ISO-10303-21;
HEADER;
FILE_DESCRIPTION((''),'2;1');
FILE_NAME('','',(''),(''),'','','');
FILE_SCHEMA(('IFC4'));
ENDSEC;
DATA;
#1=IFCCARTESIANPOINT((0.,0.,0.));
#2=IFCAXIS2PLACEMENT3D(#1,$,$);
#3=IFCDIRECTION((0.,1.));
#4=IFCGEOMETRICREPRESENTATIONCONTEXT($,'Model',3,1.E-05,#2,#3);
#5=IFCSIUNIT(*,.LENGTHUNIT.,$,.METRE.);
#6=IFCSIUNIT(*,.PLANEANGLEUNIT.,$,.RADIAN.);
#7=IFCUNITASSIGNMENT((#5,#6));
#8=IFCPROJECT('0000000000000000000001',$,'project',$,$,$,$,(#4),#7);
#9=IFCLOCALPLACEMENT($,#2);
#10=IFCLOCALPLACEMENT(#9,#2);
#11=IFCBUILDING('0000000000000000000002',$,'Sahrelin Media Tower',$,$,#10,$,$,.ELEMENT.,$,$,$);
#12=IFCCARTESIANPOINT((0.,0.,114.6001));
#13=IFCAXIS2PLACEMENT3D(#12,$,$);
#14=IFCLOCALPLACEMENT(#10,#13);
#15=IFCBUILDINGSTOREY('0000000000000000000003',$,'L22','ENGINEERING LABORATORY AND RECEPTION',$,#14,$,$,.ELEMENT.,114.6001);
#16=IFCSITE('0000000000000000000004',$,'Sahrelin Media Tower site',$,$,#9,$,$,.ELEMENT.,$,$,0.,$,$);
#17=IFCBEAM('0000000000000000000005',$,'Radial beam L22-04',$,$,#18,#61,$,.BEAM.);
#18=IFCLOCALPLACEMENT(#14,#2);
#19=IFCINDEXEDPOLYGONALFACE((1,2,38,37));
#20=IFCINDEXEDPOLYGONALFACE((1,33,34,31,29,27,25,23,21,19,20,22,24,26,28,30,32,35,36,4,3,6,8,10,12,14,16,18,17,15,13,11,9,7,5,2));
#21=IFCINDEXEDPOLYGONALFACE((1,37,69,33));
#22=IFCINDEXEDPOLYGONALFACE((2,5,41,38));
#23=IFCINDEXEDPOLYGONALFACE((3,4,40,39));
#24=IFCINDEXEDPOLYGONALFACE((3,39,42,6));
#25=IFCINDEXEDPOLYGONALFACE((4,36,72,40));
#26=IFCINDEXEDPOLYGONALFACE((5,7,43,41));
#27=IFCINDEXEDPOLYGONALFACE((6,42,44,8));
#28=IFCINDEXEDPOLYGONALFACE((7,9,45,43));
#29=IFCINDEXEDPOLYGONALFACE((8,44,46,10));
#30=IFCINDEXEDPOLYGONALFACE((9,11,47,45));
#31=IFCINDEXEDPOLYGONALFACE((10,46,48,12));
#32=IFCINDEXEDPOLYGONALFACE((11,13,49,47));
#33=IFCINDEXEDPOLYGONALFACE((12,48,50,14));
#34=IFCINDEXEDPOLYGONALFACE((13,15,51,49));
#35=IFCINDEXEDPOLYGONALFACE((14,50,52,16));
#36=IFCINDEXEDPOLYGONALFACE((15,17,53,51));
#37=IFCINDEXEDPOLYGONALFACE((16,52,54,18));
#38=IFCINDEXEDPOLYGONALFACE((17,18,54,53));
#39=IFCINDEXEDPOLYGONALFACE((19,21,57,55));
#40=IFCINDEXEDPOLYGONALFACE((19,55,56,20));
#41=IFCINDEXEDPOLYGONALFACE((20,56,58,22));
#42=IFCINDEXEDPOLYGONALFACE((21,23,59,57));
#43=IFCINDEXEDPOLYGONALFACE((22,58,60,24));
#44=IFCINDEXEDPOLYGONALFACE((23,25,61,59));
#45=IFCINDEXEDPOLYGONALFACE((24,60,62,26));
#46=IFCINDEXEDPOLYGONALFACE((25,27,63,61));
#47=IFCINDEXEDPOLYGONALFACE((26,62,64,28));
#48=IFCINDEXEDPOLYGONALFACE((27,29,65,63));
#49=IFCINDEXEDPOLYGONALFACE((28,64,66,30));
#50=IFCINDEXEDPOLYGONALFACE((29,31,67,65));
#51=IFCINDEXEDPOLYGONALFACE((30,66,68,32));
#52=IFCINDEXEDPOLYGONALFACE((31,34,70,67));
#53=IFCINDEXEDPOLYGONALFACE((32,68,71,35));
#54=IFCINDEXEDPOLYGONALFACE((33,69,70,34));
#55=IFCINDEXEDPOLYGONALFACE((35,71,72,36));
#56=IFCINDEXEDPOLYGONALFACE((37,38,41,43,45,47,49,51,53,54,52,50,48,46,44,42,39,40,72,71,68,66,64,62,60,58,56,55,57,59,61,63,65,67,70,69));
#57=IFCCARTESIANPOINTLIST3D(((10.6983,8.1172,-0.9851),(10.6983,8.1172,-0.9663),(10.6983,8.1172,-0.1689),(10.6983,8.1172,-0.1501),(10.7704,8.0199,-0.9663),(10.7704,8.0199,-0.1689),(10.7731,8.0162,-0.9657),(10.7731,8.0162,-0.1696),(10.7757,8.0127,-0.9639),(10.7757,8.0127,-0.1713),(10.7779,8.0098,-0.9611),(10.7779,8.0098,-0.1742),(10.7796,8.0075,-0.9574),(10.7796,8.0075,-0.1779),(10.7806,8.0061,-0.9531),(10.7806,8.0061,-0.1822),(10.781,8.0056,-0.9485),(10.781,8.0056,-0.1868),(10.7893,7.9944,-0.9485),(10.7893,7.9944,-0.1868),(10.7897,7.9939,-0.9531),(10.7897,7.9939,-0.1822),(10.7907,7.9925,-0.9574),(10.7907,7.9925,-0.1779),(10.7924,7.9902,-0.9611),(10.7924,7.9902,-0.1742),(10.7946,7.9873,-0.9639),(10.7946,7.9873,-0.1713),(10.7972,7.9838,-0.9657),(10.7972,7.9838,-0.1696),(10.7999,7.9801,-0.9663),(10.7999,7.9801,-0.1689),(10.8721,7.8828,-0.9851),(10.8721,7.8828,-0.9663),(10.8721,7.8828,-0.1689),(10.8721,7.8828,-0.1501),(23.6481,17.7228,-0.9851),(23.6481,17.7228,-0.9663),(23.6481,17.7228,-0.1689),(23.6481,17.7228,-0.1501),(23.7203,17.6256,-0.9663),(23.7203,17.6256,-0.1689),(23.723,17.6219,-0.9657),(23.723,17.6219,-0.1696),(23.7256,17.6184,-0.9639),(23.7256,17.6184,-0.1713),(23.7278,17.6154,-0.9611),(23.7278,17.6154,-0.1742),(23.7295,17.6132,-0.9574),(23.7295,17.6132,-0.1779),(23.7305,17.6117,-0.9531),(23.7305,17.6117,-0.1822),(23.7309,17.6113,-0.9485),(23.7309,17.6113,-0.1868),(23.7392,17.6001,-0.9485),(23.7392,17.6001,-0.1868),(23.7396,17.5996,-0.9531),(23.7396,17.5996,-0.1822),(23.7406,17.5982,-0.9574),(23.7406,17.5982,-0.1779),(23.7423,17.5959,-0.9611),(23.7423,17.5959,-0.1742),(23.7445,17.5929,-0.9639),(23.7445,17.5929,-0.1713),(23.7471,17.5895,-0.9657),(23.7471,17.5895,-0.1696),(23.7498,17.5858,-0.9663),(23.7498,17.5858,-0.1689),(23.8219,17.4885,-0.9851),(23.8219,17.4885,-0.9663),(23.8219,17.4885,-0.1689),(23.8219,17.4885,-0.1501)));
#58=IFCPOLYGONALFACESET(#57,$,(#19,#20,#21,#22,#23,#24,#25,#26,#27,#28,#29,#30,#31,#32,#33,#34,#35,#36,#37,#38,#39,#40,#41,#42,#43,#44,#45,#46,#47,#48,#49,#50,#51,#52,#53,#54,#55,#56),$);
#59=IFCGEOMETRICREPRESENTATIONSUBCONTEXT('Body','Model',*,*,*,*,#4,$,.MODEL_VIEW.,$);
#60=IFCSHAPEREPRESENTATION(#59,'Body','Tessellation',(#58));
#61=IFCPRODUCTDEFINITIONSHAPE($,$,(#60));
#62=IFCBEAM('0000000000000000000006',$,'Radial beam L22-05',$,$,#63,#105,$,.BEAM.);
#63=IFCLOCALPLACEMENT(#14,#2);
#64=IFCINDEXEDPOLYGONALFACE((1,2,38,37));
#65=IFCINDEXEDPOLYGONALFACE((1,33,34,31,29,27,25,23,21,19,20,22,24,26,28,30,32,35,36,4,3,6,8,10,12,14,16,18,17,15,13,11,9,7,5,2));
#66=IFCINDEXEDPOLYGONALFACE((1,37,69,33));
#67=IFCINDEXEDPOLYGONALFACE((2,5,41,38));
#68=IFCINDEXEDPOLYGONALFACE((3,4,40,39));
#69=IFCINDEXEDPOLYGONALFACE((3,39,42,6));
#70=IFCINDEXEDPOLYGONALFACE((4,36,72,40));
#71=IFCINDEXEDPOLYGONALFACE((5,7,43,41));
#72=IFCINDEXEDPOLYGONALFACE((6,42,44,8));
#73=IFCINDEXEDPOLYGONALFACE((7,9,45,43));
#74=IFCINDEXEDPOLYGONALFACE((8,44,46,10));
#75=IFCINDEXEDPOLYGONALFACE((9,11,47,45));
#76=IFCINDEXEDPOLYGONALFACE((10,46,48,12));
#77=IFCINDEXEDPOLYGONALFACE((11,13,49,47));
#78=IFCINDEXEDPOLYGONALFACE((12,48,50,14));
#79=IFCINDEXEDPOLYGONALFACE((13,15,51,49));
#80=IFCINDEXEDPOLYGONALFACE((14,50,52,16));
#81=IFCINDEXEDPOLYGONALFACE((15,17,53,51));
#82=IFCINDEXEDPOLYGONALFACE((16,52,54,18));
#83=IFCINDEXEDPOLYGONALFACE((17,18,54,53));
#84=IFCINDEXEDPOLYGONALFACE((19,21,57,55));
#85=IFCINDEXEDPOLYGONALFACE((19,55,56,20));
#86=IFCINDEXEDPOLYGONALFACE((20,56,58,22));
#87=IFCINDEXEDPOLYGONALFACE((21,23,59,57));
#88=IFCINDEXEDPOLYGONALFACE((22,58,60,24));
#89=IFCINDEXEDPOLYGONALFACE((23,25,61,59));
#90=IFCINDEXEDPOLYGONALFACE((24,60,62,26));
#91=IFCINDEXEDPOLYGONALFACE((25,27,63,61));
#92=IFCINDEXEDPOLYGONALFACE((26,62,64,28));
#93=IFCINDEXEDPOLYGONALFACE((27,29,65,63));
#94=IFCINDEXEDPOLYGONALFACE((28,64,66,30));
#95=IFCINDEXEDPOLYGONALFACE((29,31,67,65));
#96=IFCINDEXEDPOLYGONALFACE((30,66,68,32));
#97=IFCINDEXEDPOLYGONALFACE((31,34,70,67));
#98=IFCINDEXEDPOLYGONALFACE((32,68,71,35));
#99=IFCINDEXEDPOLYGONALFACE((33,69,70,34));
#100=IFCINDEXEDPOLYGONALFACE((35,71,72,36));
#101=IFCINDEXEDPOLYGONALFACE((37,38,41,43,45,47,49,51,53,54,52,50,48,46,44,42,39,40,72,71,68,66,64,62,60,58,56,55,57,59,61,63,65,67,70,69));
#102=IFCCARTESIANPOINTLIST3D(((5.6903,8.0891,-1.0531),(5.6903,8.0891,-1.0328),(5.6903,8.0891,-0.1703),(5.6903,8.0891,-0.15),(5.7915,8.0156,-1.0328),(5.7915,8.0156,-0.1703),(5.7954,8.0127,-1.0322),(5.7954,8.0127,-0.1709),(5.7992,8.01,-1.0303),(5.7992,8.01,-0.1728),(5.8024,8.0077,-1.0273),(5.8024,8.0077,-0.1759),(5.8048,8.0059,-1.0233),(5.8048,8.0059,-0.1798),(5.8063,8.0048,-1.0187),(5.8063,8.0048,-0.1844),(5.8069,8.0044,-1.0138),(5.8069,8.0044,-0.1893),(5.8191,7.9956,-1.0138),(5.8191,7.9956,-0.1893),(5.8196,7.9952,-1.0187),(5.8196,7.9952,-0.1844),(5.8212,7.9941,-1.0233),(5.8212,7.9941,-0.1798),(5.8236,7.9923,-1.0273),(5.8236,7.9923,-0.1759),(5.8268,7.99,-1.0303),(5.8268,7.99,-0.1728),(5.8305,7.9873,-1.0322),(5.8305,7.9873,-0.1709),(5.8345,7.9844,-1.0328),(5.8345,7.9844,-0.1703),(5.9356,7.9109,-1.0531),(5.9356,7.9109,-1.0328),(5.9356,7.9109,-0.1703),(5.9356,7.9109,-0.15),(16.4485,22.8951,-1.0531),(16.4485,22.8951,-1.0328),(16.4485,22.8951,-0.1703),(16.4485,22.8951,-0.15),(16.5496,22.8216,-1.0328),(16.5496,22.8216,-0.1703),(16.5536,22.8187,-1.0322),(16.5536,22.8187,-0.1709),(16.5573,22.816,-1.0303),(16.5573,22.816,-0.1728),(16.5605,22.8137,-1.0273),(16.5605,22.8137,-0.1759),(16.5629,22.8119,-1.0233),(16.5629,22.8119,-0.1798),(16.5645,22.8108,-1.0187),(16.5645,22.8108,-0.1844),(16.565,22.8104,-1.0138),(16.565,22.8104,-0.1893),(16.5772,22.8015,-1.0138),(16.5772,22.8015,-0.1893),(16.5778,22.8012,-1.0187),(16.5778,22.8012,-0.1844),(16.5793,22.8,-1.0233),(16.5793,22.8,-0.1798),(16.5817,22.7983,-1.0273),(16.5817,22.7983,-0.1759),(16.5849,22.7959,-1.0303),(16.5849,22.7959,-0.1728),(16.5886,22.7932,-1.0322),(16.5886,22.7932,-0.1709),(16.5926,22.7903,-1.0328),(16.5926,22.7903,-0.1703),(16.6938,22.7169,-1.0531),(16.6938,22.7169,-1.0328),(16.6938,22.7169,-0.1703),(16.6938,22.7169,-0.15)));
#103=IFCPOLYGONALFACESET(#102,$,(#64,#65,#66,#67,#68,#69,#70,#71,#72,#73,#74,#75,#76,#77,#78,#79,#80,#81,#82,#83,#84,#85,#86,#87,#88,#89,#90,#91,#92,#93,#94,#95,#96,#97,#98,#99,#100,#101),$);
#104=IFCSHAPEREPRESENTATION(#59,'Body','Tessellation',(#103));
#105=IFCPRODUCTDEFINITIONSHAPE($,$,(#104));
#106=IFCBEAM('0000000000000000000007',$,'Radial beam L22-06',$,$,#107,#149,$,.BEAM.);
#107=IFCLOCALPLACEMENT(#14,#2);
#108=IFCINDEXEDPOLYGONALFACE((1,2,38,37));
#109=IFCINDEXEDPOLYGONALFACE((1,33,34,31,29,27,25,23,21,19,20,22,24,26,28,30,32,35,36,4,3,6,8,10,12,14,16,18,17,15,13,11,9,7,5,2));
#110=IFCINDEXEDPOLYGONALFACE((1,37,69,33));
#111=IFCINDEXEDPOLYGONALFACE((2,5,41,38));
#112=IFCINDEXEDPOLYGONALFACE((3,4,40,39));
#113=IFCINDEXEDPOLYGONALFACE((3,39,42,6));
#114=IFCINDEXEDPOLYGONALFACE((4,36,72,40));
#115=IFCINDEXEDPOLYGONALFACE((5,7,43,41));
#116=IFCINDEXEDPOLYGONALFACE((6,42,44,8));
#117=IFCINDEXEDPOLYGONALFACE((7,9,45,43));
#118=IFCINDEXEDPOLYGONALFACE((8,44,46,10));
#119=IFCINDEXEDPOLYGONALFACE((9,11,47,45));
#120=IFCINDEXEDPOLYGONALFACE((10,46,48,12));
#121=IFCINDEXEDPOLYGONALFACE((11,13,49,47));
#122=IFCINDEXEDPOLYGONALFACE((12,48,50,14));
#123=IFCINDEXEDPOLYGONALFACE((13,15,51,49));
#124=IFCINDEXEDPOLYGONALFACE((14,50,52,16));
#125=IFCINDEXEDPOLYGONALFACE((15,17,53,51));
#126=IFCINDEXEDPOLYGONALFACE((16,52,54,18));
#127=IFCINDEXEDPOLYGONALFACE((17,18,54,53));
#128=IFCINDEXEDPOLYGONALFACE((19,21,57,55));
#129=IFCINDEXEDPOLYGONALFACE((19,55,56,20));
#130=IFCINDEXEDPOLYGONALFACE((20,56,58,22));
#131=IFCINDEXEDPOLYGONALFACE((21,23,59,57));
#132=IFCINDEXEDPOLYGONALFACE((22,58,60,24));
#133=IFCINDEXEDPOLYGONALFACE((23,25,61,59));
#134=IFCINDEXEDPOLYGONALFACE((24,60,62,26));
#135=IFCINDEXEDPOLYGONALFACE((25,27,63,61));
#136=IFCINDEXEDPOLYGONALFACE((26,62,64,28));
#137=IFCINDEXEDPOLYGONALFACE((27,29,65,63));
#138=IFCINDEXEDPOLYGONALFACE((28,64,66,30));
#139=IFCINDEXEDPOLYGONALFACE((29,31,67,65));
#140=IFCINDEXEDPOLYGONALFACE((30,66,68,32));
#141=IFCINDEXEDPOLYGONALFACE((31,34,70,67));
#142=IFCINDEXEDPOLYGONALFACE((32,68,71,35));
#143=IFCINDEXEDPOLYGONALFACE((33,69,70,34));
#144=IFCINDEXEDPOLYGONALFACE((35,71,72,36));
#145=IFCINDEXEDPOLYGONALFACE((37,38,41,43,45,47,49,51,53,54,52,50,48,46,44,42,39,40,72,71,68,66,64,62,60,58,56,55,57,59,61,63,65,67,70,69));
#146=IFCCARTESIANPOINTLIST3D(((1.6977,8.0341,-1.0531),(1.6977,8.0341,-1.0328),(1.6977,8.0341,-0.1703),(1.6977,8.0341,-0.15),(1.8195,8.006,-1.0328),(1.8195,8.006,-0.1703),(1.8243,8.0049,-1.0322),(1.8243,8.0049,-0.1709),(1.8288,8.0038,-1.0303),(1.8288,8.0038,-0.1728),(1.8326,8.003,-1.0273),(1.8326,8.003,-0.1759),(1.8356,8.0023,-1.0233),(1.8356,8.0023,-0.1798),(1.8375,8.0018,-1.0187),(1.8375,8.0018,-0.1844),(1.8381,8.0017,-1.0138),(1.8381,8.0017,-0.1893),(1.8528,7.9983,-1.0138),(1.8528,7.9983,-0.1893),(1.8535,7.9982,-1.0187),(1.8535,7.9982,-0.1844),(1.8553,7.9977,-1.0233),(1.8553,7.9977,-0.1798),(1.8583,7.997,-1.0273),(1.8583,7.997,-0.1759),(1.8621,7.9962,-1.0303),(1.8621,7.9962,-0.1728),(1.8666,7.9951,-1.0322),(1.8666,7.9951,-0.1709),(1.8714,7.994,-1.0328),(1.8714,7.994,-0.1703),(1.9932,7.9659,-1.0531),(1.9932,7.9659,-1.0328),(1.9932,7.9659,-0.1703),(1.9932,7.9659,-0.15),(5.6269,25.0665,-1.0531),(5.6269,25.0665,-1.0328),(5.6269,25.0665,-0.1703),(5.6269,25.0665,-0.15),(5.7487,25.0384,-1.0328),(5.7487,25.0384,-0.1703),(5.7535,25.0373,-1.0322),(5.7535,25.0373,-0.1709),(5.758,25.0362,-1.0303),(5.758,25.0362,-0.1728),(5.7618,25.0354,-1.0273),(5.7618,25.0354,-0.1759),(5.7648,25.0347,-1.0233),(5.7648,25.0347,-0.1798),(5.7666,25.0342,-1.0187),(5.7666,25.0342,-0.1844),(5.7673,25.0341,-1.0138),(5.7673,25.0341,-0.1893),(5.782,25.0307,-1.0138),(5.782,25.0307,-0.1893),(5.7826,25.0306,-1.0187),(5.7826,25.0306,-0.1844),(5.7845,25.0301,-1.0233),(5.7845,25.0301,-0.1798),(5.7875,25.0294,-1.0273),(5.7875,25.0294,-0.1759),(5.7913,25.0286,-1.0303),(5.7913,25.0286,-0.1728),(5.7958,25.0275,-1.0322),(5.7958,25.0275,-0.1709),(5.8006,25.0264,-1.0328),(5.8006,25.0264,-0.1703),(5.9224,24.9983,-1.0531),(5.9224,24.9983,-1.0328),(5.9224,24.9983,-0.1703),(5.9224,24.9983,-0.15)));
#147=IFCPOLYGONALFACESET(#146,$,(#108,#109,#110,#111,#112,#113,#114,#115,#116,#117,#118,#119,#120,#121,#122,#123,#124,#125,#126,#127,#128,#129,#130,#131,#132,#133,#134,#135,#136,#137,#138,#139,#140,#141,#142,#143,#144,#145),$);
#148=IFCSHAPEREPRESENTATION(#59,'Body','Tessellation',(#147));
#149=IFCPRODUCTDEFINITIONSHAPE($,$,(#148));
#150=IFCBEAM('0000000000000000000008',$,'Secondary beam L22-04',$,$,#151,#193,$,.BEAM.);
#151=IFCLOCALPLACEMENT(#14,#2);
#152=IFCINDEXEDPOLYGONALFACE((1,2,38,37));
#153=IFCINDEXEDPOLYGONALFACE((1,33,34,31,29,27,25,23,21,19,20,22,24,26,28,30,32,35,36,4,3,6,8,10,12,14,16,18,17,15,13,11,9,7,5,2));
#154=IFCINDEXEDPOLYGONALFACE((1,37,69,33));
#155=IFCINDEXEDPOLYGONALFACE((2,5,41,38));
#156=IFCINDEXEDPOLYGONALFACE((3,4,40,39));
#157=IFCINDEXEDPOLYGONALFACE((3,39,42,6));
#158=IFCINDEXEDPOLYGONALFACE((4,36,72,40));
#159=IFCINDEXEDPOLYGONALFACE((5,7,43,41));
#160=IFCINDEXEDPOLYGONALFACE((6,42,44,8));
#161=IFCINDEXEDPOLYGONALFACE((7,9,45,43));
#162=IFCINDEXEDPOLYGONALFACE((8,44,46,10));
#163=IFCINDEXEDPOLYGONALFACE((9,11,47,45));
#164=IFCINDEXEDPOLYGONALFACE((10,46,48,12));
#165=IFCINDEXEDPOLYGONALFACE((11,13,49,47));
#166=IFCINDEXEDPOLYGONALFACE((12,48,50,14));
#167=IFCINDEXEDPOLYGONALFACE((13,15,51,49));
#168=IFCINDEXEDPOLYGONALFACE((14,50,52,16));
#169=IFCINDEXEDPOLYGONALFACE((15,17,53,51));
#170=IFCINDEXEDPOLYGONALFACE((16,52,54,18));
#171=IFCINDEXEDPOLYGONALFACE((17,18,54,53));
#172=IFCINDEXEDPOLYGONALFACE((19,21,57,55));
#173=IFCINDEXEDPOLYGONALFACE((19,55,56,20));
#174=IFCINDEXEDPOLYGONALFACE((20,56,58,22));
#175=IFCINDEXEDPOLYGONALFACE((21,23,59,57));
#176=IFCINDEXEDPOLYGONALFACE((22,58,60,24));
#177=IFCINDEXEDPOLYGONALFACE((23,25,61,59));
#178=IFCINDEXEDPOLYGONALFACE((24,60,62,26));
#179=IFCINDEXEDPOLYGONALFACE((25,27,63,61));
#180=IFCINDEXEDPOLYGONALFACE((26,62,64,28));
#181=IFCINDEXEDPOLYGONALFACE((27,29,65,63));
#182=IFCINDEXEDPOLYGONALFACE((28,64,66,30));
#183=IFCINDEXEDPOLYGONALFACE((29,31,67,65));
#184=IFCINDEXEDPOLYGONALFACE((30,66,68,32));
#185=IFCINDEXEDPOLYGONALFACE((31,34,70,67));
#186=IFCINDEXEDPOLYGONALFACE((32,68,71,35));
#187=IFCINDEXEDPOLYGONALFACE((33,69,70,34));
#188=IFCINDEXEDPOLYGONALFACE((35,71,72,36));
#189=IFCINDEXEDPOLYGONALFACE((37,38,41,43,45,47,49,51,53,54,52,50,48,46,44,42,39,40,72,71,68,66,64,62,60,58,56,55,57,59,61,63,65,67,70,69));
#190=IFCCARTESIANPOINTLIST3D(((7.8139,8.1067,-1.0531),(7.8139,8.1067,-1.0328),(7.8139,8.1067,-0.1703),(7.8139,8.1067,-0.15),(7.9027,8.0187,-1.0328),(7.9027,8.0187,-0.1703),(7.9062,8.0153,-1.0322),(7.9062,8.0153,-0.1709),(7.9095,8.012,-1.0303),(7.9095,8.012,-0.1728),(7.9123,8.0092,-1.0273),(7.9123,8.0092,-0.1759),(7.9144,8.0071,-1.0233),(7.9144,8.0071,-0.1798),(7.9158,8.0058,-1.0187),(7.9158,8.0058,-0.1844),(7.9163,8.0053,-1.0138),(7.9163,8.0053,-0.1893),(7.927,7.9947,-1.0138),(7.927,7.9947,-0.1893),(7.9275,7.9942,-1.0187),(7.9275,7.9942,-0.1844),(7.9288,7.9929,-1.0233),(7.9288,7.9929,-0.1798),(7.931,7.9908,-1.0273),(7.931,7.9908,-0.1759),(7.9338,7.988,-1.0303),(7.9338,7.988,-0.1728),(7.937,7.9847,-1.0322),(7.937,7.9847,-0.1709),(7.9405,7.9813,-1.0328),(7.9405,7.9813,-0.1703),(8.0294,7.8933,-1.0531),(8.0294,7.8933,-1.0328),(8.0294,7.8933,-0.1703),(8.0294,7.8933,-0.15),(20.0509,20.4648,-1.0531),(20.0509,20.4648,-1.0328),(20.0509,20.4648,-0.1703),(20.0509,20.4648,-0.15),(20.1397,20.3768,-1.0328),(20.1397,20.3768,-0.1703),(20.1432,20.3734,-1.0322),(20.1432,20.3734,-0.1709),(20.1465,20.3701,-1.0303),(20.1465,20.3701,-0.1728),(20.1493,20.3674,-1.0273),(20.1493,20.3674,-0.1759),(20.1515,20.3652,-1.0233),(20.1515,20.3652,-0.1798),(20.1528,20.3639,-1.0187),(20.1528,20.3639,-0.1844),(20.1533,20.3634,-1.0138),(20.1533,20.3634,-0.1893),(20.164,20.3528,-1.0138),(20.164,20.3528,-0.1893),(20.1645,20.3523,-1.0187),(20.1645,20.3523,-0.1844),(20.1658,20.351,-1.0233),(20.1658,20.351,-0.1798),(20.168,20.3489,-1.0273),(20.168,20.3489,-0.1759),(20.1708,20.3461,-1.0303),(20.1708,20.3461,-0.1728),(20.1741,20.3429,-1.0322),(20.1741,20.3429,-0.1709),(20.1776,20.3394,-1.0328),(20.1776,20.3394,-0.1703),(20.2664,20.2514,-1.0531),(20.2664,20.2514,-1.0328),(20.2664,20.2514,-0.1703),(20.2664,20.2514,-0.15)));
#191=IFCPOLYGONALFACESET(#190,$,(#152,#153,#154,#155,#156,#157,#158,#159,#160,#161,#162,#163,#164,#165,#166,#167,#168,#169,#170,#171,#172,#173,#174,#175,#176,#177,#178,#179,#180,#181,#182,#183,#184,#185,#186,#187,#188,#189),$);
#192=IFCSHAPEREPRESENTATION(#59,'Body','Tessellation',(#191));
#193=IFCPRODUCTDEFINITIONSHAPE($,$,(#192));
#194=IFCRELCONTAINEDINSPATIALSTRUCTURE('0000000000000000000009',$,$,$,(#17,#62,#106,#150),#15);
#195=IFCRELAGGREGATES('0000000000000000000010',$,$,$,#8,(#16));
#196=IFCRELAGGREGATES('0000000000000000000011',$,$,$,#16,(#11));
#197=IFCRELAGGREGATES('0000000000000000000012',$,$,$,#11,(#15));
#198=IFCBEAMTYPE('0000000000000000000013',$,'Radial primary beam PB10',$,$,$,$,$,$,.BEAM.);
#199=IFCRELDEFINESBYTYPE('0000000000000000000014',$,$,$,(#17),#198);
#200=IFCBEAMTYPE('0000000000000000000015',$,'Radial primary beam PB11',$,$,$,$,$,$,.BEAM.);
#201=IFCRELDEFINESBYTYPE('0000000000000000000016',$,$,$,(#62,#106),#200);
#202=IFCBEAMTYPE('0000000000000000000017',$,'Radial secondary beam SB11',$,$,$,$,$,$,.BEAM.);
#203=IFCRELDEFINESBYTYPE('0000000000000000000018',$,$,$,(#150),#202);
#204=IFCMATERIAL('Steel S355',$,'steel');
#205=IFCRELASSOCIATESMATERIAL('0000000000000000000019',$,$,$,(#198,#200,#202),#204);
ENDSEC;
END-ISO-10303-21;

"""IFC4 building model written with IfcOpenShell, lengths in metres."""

from ifc_helpers import new_model, si_unit, direction, frame, origin, origin_2d, place, context, subcontext, project, spatial, i_section, extrude, material, material_profile, profile_set, type_object, element, save


model = new_model("IFC4")

# Units and contexts
model_context = context("Model", 3, precision=1e-05, world=origin(), true_north=direction((0.0, 1.0)))
body_context = subcontext(model_context, "Body", "Model", "MODEL_VIEW")
ifc_project = project(units=[si_unit("LENGTHUNIT", "METRE"), si_unit("PLANEANGLEUNIT", "RADIAN")], contexts=[model_context])

# Site, building, storey
site_placement = place(None, origin())
site = spatial("IfcSite", under=ifc_project, at=site_placement, Name="Sahrelin Media Tower site", CompositionType="ELEMENT", RefElevation=0.0)
building_placement = place(site_placement, origin())
building = spatial("IfcBuilding", under=site, at=building_placement, Name="Sahrelin Media Tower", CompositionType="ELEMENT")
storey_placement = place(building_placement, frame((0.0, 0.0, 114.6001)))
storey = spatial("IfcBuildingStorey", under=building, at=storey_placement, Name="L22", Description="ENGINEERING LABORATORY AND RECEPTION", CompositionType="ELEMENT", Elevation=114.6001)

# Shared definitions
ifc_material_1 = material(Name="Steel S355", Category="steel")

# Beams
ifc_material_profile_1 = material_profile(ifc_material_1, i_section(OverallWidth=0.2917, OverallDepth=0.835, WebThickness=0.0139, FlangeThickness=0.0188, FilletRadius=0.0178, at=origin_2d()), Name="UB 838x292x176")
ifc_profile_set_1 = profile_set([ifc_material_profile_1], Name="Steel S355")
beam_type_1 = type_object("IfcBeamType", Name="Radial primary beam PB10", PredefinedType="BEAM", material=ifc_profile_set_1)
beam_1_placement = place(storey_placement, frame((10.7852, 8.0, -0.5676), z_axis=(0.803167, 0.595754, 0.0), x_axis=(-0.595754, 0.803167, 0.0)))
element("IfcBeam", 1, at=beam_1_placement, inside=storey, type_object=beam_type_1, Name="Radial beam L22-04", PredefinedType="BEAM", context=body_context, shape_type="SweptSolid", body=[
    extrude(i_section(OverallWidth=0.2917, OverallDepth=0.835, WebThickness=0.0139, FlangeThickness=0.0188, FilletRadius=0.0178, at=origin_2d()), origin(), (0.0, 0.0, 1.0), 16.1235),
])
ifc_material_profile_2 = material_profile(ifc_material_1, i_section(OverallWidth=0.3032, OverallDepth=0.9031, WebThickness=0.0151, FlangeThickness=0.0203, FilletRadius=0.019, at=origin_2d()), Name="UB 914x305x201")
ifc_profile_set_2 = profile_set([ifc_material_profile_2], Name="Steel S355")
beam_type_2 = type_object("IfcBeamType", Name="Radial primary beam PB11", PredefinedType="BEAM", material=ifc_profile_set_2)
beam_2_placement = place(storey_placement, frame((5.813, 8.0, -0.6016), z_axis=(0.587819, 0.808993, 0.0), x_axis=(-0.808993, 0.587819, 0.0)))
element("IfcBeam", 2, at=beam_2_placement, inside=storey, type_object=beam_type_2, Name="Radial beam L22-05", PredefinedType="BEAM", context=body_context, shape_type="SweptSolid", body=[
    extrude(i_section(OverallWidth=0.3032, OverallDepth=0.9031, WebThickness=0.0151, FlangeThickness=0.0203, FilletRadius=0.019, at=origin_2d()), origin(), (0.0, 0.0, 1.0), 18.3018),
])
beam_3_placement = place(storey_placement, frame((1.8455, 8.0, -0.6016), z_axis=(0.224785, 0.974408, 0.0), x_axis=(-0.974408, 0.224785, 0.0)))
element("IfcBeam", 3, at=beam_3_placement, inside=storey, type_object=beam_type_2, Name="Radial beam L22-06", PredefinedType="BEAM", context=body_context, shape_type="SweptSolid", body=[
    extrude(i_section(OverallWidth=0.3032, OverallDepth=0.9031, WebThickness=0.0151, FlangeThickness=0.0203, FilletRadius=0.019, at=origin_2d()), origin(), (0.0, 0.0, 1.0), 17.4797),
])
ifc_material_profile_3 = material_profile(ifc_material_1, i_section(OverallWidth=0.3032, OverallDepth=0.9031, WebThickness=0.0151, FlangeThickness=0.0203, FilletRadius=0.019, at=origin_2d()), Name="UB 914x305x201")
ifc_profile_set_3 = profile_set([ifc_material_profile_3], Name="Steel S355")
beam_type_3 = type_object("IfcBeamType", Name="Radial secondary beam SB11", PredefinedType="BEAM", material=ifc_profile_set_3)
beam_4_placement = place(storey_placement, frame((7.9216, 8.0, -0.6016), z_axis=(0.703617, 0.71058, 0.0), x_axis=(-0.71058, 0.703617, 0.0)))
element("IfcBeam", 4, at=beam_4_placement, inside=storey, type_object=beam_type_3, Name="Secondary beam L22-04", PredefinedType="BEAM", context=body_context, shape_type="SweptSolid", body=[
    extrude(i_section(OverallWidth=0.3032, OverallDepth=0.9031, WebThickness=0.0151, FlangeThickness=0.0203, FilletRadius=0.019, at=origin_2d()), origin(), (0.0, 0.0, 1.0), 17.3916),
])

save(model, "model.ifc")
